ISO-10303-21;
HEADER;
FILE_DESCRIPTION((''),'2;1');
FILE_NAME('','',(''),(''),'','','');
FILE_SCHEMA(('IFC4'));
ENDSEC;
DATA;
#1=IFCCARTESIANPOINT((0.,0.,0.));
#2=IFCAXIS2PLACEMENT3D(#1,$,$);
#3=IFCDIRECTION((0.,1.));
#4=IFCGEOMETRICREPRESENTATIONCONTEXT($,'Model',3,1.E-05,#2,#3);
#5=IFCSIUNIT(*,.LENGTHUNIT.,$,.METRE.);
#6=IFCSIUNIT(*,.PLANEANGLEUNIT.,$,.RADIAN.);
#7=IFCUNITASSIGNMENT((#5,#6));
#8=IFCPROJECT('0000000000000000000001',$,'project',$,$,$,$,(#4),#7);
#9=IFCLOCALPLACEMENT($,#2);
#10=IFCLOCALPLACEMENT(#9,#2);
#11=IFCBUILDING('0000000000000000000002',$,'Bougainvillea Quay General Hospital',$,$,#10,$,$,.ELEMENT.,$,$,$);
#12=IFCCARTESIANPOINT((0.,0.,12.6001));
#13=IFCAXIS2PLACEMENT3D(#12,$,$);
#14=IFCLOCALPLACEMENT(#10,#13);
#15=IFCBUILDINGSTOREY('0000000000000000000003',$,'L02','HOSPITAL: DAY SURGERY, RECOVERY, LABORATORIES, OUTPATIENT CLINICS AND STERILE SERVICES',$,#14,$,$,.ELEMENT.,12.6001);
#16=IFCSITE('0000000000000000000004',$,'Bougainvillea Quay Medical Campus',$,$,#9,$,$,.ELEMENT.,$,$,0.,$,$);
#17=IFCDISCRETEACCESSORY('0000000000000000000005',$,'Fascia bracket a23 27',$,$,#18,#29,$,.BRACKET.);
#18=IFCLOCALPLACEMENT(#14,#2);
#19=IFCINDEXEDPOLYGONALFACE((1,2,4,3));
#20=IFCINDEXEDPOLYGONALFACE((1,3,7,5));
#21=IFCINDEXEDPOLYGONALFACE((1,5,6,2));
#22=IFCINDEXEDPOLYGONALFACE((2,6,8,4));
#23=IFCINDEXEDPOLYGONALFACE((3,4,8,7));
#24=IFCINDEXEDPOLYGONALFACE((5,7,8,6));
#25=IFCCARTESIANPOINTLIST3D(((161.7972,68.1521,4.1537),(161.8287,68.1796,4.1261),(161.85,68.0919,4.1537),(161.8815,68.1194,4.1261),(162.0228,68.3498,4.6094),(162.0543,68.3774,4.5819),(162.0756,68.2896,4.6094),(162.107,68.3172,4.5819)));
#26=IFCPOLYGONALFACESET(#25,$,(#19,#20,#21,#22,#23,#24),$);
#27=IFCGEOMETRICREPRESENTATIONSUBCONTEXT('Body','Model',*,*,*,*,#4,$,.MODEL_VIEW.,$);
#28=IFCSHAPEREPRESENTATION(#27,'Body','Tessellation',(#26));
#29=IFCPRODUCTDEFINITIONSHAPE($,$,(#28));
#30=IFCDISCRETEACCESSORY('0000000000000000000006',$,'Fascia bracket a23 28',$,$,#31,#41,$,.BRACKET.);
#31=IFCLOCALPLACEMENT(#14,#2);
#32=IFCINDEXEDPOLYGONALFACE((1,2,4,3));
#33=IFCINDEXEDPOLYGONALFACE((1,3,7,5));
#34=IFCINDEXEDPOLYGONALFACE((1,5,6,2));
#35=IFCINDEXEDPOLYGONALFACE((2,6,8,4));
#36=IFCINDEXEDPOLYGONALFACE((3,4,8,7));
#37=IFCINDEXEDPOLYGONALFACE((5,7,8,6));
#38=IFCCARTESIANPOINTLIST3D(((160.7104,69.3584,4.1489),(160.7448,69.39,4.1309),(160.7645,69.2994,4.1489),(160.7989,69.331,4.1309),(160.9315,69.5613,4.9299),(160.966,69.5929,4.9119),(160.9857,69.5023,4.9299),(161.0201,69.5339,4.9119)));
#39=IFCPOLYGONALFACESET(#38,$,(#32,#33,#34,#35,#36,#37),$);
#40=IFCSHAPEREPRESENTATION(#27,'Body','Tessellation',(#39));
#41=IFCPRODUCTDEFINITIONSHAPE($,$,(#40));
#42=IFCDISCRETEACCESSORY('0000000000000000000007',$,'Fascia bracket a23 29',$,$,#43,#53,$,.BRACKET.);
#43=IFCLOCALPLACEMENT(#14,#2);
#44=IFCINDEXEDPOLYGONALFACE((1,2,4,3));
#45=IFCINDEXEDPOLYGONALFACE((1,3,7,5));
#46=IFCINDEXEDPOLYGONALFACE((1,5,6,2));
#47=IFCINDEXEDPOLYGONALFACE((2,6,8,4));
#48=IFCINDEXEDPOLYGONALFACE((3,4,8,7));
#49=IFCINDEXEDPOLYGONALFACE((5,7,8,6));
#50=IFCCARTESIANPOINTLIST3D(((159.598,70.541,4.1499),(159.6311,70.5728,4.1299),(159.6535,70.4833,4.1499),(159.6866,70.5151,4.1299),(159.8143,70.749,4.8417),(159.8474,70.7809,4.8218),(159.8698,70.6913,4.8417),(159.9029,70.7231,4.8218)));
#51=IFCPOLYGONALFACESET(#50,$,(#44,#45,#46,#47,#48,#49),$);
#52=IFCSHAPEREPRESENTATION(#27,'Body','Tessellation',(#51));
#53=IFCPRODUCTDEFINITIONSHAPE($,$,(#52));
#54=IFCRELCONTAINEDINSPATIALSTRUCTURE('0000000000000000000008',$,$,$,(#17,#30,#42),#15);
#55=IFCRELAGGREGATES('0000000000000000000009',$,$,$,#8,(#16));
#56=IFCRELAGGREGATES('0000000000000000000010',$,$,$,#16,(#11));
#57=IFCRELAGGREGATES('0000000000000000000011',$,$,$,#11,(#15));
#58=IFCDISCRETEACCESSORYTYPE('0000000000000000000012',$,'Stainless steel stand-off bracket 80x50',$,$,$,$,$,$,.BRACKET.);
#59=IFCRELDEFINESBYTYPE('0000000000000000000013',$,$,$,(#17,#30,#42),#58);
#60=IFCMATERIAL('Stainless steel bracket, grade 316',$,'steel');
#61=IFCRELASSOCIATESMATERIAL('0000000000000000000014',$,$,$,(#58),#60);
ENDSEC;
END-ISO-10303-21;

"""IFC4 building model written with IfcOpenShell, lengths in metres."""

from ifc_helpers import new_model, si_unit, direction, frame, origin, origin_2d, place, context, subcontext, project, spatial, rectangle, extrude, material, material_profile, profile_set, type_object, element, save


model = new_model("IFC4")

# Units and contexts
model_context = context("Model", 3, precision=1e-05, world=origin(), true_north=direction((0.0, 1.0)))
body_context = subcontext(model_context, "Body", "Model", "MODEL_VIEW")
ifc_project = project(units=[si_unit("LENGTHUNIT", "METRE"), si_unit("PLANEANGLEUNIT", "RADIAN")], contexts=[model_context])

# Site, building, storey
site_placement = place(None, origin())
site = spatial("IfcSite", under=ifc_project, at=site_placement, Name="Bougainvillea Quay Medical Campus", CompositionType="ELEMENT", RefElevation=0.0)
building_placement = place(site_placement, origin())
building = spatial("IfcBuilding", under=site, at=building_placement, Name="Bougainvillea Quay General Hospital", CompositionType="ELEMENT")
storey_placement = place(building_placement, frame((0.0, 0.0, 12.6001)))
storey = spatial("IfcBuildingStorey", under=building, at=storey_placement, Name="L02", Description="HOSPITAL: DAY SURGERY, RECOVERY, LABORATORIES, OUTPATIENT CLINICS AND STERILE SERVICES", CompositionType="ELEMENT", Elevation=12.6001)

# Discrete accessories
ifc_material_1 = material(Name="Stainless steel bracket, grade 316", Category="steel")
ifc_material_profile_1 = material_profile(ifc_material_1, rectangle(XDim=0.0801, YDim=0.05, at=origin_2d()))
ifc_profile_set_1 = profile_set([ifc_material_profile_1], Name="Stainless steel bracket, grade 316")
discrete_accessory_type = type_object("IfcDiscreteAccessoryType", Name="Stainless steel stand-off bracket 80x50", PredefinedType="BRACKET", material=ifc_profile_set_1)
discrete_accessory_1_placement = place(storey_placement, frame((161.8394, 68.1357, 4.1399), z_axis=(0.413409, 0.362404, 0.835318), x_axis=(-0.659196, 0.751971, 0.0)))
element("IfcDiscreteAccessory", 1, at=discrete_accessory_1_placement, inside=storey, type_object=discrete_accessory_type, Name="Fascia bracket a23 27", PredefinedType="BRACKET", context=body_context, shape_type="SweptSolid", body=[
    extrude(rectangle(XDim=0.0801, YDim=0.05, at=origin_2d()), origin(), (0.0, 0.0, 1.0), 0.5457),
])
discrete_accessory_2_placement = place(storey_placement, frame((160.7546, 69.3447, 4.1399), z_axis=(0.264364, 0.242479, 0.933443), x_axis=(-0.675946, 0.736952, 0.0)))
element("IfcDiscreteAccessory", 2, at=discrete_accessory_2_placement, inside=storey, type_object=discrete_accessory_type, Name="Fascia bracket a23 28", PredefinedType="BRACKET", context=body_context, shape_type="SweptSolid", body=[
    extrude(rectangle(XDim=0.0801, YDim=0.05, at=origin_2d()), origin(), (0.0, 0.0, 1.0), 0.8367),
])
discrete_accessory_3_placement = place(storey_placement, frame((159.6423, 70.5281, 4.1399), z_axis=(0.286816, 0.27581, 0.917423), x_axis=(-0.693141, 0.720802, 0.0)))
element("IfcDiscreteAccessory", 3, at=discrete_accessory_3_placement, inside=storey, type_object=discrete_accessory_type, Name="Fascia bracket a23 29", PredefinedType="BRACKET", context=body_context, shape_type="SweptSolid", body=[
    extrude(rectangle(XDim=0.0801, YDim=0.05, at=origin_2d()), origin(), (0.0, 0.0, 1.0), 0.7542),
])

save(model, "model.ifc")
